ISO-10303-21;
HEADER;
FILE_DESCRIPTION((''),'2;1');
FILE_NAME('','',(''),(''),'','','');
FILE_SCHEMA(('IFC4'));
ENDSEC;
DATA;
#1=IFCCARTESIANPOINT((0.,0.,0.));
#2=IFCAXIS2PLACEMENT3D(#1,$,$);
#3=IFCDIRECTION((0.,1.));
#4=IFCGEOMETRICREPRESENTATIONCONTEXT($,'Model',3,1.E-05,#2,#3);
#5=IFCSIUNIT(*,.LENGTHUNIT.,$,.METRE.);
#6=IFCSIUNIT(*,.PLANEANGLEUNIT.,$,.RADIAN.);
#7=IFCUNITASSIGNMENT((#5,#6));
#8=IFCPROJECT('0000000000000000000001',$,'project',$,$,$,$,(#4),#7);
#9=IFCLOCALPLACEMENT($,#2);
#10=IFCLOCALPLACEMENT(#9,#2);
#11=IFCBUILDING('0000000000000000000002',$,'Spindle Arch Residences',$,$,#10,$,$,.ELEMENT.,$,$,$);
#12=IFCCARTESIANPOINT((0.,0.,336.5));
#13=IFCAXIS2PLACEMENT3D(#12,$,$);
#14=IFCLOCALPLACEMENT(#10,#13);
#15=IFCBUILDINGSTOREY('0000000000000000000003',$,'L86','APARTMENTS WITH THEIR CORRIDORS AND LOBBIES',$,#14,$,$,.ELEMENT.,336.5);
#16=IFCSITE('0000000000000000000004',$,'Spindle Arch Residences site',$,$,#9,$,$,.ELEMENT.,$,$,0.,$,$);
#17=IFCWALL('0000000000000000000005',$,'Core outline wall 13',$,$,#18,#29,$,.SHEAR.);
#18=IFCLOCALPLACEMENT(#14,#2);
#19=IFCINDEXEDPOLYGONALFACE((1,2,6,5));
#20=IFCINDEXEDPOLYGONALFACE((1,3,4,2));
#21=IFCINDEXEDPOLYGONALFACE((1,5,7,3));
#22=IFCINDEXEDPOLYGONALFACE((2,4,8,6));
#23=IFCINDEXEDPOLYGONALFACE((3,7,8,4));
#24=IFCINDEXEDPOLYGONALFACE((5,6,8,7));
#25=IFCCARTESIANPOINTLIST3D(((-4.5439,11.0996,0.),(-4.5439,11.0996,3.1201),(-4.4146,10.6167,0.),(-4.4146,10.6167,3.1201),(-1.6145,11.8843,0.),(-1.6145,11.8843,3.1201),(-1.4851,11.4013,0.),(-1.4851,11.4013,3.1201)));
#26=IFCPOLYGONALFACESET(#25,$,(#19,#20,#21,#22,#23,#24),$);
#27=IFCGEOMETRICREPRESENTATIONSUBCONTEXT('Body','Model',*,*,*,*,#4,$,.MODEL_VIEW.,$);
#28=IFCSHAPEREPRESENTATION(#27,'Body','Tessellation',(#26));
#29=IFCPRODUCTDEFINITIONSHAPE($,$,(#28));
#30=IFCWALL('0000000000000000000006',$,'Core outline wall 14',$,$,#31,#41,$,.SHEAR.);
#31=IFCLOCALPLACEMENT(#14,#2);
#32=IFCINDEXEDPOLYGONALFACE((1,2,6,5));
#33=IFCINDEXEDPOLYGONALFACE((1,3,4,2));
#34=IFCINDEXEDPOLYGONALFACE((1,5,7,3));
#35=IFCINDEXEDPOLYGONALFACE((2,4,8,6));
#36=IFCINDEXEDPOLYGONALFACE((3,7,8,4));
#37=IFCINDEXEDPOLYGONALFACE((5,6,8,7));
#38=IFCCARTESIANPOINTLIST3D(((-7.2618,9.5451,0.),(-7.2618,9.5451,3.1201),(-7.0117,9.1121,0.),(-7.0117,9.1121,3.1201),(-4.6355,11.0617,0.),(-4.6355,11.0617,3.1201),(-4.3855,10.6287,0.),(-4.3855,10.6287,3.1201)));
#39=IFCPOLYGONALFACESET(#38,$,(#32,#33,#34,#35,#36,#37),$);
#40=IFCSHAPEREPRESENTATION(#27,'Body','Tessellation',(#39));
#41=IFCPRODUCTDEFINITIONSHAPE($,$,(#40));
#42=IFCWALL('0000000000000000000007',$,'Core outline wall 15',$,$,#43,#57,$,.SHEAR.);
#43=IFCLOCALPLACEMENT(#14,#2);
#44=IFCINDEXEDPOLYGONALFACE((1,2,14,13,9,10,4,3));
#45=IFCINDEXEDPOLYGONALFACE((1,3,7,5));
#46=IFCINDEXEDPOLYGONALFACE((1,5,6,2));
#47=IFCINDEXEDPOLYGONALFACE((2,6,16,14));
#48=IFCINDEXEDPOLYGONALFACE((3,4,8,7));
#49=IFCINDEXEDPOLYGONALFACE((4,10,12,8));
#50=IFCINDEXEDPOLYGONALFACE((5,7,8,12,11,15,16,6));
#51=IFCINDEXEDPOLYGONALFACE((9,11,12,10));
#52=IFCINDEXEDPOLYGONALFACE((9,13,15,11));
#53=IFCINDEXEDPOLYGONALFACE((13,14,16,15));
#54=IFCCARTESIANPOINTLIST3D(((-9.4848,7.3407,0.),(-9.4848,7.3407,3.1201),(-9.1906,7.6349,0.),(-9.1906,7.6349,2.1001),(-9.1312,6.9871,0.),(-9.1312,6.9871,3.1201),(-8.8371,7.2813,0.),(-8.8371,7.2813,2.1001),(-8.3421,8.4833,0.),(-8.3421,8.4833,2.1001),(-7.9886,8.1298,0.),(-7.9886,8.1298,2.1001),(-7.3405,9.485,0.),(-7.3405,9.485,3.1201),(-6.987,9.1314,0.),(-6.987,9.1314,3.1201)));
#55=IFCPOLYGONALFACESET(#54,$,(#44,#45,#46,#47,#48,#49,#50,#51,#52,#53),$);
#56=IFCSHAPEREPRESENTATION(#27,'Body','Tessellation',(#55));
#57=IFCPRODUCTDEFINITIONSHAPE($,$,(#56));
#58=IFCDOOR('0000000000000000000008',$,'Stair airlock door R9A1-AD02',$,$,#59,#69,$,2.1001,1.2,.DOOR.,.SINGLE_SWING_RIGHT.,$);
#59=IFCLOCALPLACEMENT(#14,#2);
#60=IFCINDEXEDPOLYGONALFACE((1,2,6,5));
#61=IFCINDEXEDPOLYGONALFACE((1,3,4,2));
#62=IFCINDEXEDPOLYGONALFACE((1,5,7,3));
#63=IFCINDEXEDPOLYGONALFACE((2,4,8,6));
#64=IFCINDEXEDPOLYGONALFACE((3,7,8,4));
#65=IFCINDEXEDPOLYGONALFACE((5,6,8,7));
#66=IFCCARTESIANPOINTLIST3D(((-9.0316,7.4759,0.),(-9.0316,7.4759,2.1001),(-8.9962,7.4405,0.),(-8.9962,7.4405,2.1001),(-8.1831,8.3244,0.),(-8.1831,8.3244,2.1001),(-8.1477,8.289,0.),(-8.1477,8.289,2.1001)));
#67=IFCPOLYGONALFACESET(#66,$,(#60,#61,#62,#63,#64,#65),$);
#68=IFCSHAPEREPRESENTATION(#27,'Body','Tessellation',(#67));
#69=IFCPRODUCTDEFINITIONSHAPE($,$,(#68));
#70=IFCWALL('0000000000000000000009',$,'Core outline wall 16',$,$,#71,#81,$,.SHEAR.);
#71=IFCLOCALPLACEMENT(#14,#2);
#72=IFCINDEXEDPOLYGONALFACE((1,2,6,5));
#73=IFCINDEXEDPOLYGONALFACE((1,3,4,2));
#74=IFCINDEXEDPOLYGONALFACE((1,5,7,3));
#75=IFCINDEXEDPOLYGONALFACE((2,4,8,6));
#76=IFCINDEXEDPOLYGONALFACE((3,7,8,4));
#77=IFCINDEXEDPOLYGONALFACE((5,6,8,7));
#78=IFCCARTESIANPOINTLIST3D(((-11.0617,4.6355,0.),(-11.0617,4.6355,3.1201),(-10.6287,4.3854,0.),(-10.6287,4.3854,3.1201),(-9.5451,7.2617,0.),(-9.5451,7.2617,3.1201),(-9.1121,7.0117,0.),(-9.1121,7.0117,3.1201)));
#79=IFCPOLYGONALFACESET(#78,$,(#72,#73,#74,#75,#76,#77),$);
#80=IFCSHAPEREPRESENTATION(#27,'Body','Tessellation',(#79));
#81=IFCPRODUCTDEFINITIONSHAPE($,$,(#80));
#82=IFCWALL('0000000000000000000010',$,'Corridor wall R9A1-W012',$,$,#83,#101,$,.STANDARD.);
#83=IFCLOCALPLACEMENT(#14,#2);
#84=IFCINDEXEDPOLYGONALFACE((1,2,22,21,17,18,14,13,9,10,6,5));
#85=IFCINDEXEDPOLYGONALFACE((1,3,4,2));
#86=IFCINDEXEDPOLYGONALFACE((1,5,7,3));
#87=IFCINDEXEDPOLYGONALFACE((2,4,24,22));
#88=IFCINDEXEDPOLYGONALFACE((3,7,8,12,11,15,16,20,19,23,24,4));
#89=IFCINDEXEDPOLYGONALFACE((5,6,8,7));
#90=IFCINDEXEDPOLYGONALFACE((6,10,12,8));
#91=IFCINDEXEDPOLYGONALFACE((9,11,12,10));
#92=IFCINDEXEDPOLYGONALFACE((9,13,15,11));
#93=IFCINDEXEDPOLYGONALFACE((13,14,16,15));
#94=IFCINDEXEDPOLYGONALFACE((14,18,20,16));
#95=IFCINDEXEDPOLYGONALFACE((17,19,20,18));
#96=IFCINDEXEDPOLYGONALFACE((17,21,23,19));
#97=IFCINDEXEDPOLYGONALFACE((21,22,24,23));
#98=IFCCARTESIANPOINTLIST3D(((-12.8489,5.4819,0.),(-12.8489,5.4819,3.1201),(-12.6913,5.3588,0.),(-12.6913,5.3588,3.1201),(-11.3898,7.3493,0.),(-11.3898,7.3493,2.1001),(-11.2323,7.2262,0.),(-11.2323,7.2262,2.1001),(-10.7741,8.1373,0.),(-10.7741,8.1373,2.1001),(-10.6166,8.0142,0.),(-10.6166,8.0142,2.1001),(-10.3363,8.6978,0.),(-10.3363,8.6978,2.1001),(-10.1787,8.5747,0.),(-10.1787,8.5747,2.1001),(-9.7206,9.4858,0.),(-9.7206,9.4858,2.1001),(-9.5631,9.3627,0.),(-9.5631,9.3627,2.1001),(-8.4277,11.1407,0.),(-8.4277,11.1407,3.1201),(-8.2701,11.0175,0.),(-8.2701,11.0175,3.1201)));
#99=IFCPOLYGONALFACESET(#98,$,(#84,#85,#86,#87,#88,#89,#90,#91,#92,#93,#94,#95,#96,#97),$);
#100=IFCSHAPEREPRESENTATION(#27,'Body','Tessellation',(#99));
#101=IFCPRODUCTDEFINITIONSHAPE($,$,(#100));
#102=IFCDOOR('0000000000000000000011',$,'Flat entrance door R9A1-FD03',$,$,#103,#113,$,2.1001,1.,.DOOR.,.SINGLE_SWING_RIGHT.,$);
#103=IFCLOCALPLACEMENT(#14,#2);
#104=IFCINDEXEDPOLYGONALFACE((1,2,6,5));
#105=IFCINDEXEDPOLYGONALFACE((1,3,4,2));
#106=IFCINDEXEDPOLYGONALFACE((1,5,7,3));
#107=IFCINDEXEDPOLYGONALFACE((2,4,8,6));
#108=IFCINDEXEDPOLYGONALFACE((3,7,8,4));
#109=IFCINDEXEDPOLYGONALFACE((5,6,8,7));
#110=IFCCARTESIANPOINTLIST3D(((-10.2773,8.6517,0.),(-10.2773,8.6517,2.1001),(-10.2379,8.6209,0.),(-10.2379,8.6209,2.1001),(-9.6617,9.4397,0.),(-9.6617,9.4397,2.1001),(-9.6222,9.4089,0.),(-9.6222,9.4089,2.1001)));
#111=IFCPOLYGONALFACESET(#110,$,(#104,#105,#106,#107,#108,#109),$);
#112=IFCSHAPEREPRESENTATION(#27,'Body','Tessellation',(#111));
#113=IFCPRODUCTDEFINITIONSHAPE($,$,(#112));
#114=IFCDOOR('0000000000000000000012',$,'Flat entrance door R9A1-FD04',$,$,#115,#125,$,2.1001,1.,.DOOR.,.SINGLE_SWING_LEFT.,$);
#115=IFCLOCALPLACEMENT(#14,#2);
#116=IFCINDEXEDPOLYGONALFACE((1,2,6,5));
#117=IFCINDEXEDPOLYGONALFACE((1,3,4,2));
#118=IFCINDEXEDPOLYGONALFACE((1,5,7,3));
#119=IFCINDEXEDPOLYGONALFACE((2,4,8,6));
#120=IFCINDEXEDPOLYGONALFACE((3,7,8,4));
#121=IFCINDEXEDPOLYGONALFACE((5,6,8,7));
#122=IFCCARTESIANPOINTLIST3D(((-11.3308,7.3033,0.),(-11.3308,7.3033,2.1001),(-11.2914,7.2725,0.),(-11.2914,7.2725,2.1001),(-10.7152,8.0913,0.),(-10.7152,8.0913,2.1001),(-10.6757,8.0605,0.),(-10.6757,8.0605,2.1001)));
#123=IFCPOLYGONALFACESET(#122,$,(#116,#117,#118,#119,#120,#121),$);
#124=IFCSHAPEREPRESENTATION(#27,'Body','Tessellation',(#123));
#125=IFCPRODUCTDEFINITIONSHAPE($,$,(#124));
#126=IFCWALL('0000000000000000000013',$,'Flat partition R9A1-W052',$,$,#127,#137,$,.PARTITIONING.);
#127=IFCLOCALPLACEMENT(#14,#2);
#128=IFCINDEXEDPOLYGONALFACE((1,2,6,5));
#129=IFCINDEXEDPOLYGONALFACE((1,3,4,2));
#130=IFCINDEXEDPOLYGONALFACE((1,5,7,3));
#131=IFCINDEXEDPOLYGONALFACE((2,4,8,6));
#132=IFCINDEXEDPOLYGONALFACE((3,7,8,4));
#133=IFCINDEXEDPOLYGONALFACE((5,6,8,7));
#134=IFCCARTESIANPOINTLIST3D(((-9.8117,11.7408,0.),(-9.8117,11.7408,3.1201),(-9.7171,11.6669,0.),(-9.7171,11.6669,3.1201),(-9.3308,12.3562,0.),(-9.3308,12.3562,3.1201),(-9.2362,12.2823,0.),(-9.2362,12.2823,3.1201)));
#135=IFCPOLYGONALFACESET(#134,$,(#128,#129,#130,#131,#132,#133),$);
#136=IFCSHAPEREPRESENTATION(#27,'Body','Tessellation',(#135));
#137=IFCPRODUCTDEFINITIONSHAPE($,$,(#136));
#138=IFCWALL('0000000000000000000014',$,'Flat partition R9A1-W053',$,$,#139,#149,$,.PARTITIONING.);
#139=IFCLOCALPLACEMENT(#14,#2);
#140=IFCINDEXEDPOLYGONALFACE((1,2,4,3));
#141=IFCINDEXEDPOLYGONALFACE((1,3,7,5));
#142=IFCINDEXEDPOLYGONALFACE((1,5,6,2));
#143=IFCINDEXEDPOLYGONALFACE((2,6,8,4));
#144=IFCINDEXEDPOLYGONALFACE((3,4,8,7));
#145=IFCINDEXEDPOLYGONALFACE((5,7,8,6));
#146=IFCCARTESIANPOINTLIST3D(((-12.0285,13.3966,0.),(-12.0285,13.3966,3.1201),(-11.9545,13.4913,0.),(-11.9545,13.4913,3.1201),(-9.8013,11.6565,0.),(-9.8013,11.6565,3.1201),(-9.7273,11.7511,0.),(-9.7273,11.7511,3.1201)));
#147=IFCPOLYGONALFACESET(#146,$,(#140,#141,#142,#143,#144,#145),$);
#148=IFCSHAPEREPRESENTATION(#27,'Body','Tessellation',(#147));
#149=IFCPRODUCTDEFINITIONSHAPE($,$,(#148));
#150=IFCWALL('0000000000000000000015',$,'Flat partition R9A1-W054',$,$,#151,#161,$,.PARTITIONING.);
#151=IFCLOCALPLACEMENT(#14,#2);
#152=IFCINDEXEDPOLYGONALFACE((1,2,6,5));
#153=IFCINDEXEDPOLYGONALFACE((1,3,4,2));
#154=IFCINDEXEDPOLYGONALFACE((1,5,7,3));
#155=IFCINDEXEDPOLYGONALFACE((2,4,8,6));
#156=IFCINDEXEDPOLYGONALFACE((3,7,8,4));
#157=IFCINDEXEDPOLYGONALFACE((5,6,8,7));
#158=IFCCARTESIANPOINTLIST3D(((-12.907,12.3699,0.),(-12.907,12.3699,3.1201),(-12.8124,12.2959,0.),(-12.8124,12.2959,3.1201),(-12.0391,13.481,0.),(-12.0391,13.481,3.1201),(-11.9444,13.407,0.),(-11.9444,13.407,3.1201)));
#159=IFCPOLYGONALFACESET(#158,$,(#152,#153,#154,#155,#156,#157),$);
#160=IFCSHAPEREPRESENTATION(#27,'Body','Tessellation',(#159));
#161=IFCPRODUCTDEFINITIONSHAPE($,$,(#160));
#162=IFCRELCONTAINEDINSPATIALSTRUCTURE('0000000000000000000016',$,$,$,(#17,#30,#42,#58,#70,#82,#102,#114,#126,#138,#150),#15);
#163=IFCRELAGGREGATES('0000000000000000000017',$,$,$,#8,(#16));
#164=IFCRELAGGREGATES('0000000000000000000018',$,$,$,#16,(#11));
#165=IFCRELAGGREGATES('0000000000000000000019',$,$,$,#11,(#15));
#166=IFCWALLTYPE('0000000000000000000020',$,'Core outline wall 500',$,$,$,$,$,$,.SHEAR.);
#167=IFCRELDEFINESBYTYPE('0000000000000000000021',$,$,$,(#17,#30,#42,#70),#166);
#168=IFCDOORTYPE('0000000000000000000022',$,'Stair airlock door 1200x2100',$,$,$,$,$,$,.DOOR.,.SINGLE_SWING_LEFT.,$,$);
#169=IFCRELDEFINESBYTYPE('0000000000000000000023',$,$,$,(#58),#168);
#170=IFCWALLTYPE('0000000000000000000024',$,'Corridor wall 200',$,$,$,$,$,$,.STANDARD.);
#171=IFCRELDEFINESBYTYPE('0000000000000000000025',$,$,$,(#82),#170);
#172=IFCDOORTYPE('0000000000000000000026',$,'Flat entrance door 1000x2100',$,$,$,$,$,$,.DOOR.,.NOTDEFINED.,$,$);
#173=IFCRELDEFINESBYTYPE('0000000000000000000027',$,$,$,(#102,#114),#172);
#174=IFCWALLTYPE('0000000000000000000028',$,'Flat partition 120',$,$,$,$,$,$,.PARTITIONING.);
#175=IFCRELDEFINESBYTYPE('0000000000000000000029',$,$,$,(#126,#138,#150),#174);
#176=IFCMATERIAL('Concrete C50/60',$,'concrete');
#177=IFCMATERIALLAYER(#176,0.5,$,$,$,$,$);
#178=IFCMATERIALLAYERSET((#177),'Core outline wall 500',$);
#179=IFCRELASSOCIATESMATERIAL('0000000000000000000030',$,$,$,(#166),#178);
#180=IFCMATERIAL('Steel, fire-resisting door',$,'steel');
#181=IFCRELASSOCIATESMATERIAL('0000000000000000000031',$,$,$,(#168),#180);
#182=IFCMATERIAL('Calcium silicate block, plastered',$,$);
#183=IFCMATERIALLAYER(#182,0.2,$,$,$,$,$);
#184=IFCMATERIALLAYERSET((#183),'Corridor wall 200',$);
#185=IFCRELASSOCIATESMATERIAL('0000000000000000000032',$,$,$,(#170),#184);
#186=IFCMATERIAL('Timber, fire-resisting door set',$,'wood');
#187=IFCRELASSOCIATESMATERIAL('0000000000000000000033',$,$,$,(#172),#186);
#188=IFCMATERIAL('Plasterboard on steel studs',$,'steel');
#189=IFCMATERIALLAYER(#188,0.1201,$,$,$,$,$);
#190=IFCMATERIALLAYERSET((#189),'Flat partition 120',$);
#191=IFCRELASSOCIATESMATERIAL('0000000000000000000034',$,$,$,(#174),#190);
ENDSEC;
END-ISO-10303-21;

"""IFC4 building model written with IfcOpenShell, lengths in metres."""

from ifc_helpers import new_model, si_unit, direction, frame, frame_2d, origin, place, context, subcontext, project, spatial, rectangle, extrude, material, layer, layer_set, type_object, element, fill, save


model = new_model("IFC4")

# Units and contexts
model_context = context("Model", 3, precision=1e-05, world=origin(), true_north=direction((0.0, 1.0)))
body_context = subcontext(model_context, "Body", "Model", "MODEL_VIEW")
ifc_project = project(units=[si_unit("LENGTHUNIT", "METRE"), si_unit("PLANEANGLEUNIT", "RADIAN")], contexts=[model_context])

# Site, building, storey
site_placement = place(None, origin())
site = spatial("IfcSite", under=ifc_project, at=site_placement, Name="Spindle Arch Residences site", CompositionType="ELEMENT", RefElevation=0.0)
building_placement = place(site_placement, origin())
building = spatial("IfcBuilding", under=site, at=building_placement, Name="Spindle Arch Residences", CompositionType="ELEMENT")
storey_placement = place(building_placement, frame((0.0, 0.0, 336.5)))
storey = spatial("IfcBuildingStorey", under=building, at=storey_placement, Name="L86", Description="APARTMENTS WITH THEIR CORRIDORS AND LOBBIES", CompositionType="ELEMENT", Elevation=336.5)

# Walls
ifc_material_1 = material(Name="Concrete C50/60", Category="concrete")
ifc_layer_1 = layer(ifc_material_1, 0.5)
ifc_layer_set_1 = layer_set([ifc_layer_1], Name="Core outline wall 500")
wall_type_1 = type_object("IfcWallType", Name="Core outline wall 500", PredefinedType="SHEAR", material=ifc_layer_set_1)
for number, where, z_axis, x_axis, name in (
    (1, (-1.5498, 11.6428, 0.0), (0.0, 0.0, 1.0), (-0.965948, -0.258735, 0.0), "Core outline wall 13"),
    (2, (-4.5105, 10.8452, 0.0), (0.0, 0.0, 1.0), (-0.865975, -0.500087, 0.0), "Core outline wall 14"),
):
    element("IfcWall", number, at=place(storey_placement, frame(where, z_axis=z_axis, x_axis=x_axis)), inside=storey, type_object=wall_type_1, Name=name, PredefinedType="SHEAR", context=body_context, shape_type="SweptSolid", body=[
        extrude(rectangle(XDim=3.0327, YDim=0.5, at=frame_2d((1.5164, 0.0))), origin(), (0.0, 0.0, 1.0), 3.1201),
    ])

# Wall, opening, door
wall_1_placement = place(storey_placement, frame((-7.1638, 9.3081, 0.0), z_axis=(0.0, 0.0, 1.0), x_axis=(-0.707107, -0.707107, 0.0)))
wall_1 = element("IfcWall", 3, at=wall_1_placement, inside=storey, type_object=wall_type_1, Name="Core outline wall 15", PredefinedType="SHEAR", context=body_context, shape_type="SweptSolid", body=[
    extrude(rectangle(XDim=3.0325, YDim=0.5, at=frame_2d((1.5161, 0.0))), origin(), (0.0, 0.0, 1.0), 3.1201),
])
opening_1_placement = place(wall_1_placement, frame((1.4163, 0.0, 0.0)))
opening_1 = element("IfcOpeningElement", 4, at=opening_1_placement, cuts=wall_1, PredefinedType="OPENING", context=body_context, shape_type="SweptSolid", body=[
    extrude(rectangle(XDim=1.2, YDim=2.1001, at=frame_2d((0.6001, 1.05))), frame((0.0, 0.26, 0.0), z_axis=(0.0, -1.0, 0.0), x_axis=(1.0, 0.0, 0.0)), (0.0, 0.0, 1.0), 0.52),
])
ifc_material_2 = material(Name="Steel, fire-resisting door", Category="steel")
door_type_1 = type_object("IfcDoorType", Name="Stair airlock door 1200x2100", OperationType="SINGLE_SWING_LEFT", PredefinedType="DOOR", material=ifc_material_2)
door_1_placement = place(opening_1_placement, origin())
door_1 = element("IfcDoor", 5, at=door_1_placement, inside=storey, type_object=door_type_1, Name="Stair airlock door R9A1-AD02", OperationType="SINGLE_SWING_RIGHT", OverallHeight=2.1001, OverallWidth=1.2, PredefinedType="DOOR", context=body_context, shape_type="SweptSolid", body=[
    extrude(rectangle(XDim=1.2, YDim=2.1001, at=frame_2d((0.6001, 1.05))), frame((0.0, 0.0249, 0.0), z_axis=(0.0, -1.0, 0.0), x_axis=(1.0, 0.0, 0.0)), (0.0, 0.0, 1.0), 0.05),
])
fill(opening_1, door_1)

# Wall
wall_2_placement = place(storey_placement, frame((-9.3286, 7.1367, 0.0), z_axis=(0.0, 0.0, 1.0), x_axis=(-0.500087, -0.865975, 0.0)))
element("IfcWall", 6, at=wall_2_placement, inside=storey, type_object=wall_type_1, Name="Core outline wall 16", PredefinedType="SHEAR", context=body_context, shape_type="SweptSolid", body=[
    extrude(rectangle(XDim=3.0327, YDim=0.5, at=frame_2d((1.5164, 0.0))), origin(), (0.0, 0.0, 1.0), 3.1201),
])

# Wall, openings, doors
ifc_material_3 = material(Name="Calcium silicate block, plastered")
ifc_layer_2 = layer(ifc_material_3, 0.2)
ifc_layer_set_2 = layer_set([ifc_layer_2], Name="Corridor wall 200")
wall_type_2 = type_object("IfcWallType", Name="Corridor wall 200", PredefinedType="STANDARD", material=ifc_layer_set_2)
wall_3_placement = place(storey_placement, frame((-8.3489, 11.0791, 0.0), z_axis=(0.0, 0.0, 1.0), x_axis=(-0.615669, -0.788005, 0.0)))
wall_3 = element("IfcWall", 7, at=wall_3_placement, inside=storey, type_object=wall_type_2, Name="Corridor wall R9A1-W012", PredefinedType="STANDARD", context=body_context, shape_type="SweptSolid", body=[
    extrude(rectangle(XDim=7.1812, YDim=0.2, at=frame_2d((3.5906, 0.0))), origin(), (0.0, 0.0, 1.0), 3.1201),
])
opening_2_placement = place(wall_3_placement, frame((2.1001, 0.0, 0.0)))
opening_2 = element("IfcOpeningElement", 8, at=opening_2_placement, cuts=wall_3, PredefinedType="OPENING", context=body_context, shape_type="SweptSolid", body=[
    extrude(rectangle(XDim=1.0, YDim=2.1001, at=frame_2d((0.5, 1.05))), frame((0.0, 0.1099, 0.0), z_axis=(0.0, -1.0, 0.0), x_axis=(1.0, 0.0, 0.0)), (0.0, 0.0, 1.0), 0.22),
])
opening_3_placement = place(wall_3_placement, frame((3.8113, 0.0, 0.0)))
opening_3 = element("IfcOpeningElement", 9, at=opening_3_placement, cuts=wall_3, PredefinedType="OPENING", context=body_context, shape_type="SweptSolid", body=[
    extrude(rectangle(XDim=1.0, YDim=2.1001, at=frame_2d((0.5, 1.05))), frame((0.0, 0.1099, 0.0), z_axis=(0.0, -1.0, 0.0), x_axis=(1.0, 0.0, 0.0)), (0.0, 0.0, 1.0), 0.22),
])
ifc_material_4 = material(Name="Timber, fire-resisting door set", Category="wood")
door_type_2 = type_object("IfcDoorType", Name="Flat entrance door 1000x2100", OperationType="NOTDEFINED", PredefinedType="DOOR", material=ifc_material_4)
door_2_placement = place(opening_2_placement, origin())
door_2 = element("IfcDoor", 10, at=door_2_placement, inside=storey, type_object=door_type_2, Name="Flat entrance door R9A1-FD03", OperationType="SINGLE_SWING_RIGHT", OverallHeight=2.1001, OverallWidth=1.0, PredefinedType="DOOR", context=body_context, shape_type="SweptSolid", body=[
    extrude(rectangle(XDim=1.0, YDim=2.1001, at=frame_2d((0.5, 1.05))), frame((0.0, 0.0249, 0.0), z_axis=(0.0, -1.0, 0.0), x_axis=(1.0, 0.0, 0.0)), (0.0, 0.0, 1.0), 0.05),
])
fill(opening_2, door_2)
door_3_placement = place(opening_3_placement, origin())
door_3 = element("IfcDoor", 11, at=door_3_placement, inside=storey, type_object=door_type_2, Name="Flat entrance door R9A1-FD04", OperationType="SINGLE_SWING_LEFT", OverallHeight=2.1001, OverallWidth=1.0, PredefinedType="DOOR", context=body_context, shape_type="SweptSolid", body=[
    extrude(rectangle(XDim=1.0, YDim=2.1001, at=frame_2d((0.5, 1.05))), frame((0.0, 0.0249, 0.0), z_axis=(0.0, -1.0, 0.0), x_axis=(1.0, 0.0, 0.0)), (0.0, 0.0, 1.0), 0.05),
])
fill(opening_3, door_3)

# Walls
ifc_material_5 = material(Name="Plasterboard on steel studs", Category="steel")
ifc_layer_3 = layer(ifc_material_5, 0.1201)
ifc_layer_set_3 = layer_set([ifc_layer_3], Name="Flat partition 120")
wall_type_3 = type_object("IfcWallType", Name="Flat partition 120", PredefinedType="PARTITIONING", material=ifc_layer_set_3)
wall_4_placement = place(storey_placement, frame((-9.2834, 12.3193, 0.0), z_axis=(0.0, 0.0, 1.0), x_axis=(-0.615735, -0.787953, 0.0)))
element("IfcWall", 12, at=wall_4_placement, inside=storey, type_object=wall_type_3, Name="Flat partition R9A1-W052", PredefinedType="PARTITIONING", context=body_context, shape_type="SweptSolid", body=[
    extrude(rectangle(XDim=0.781, YDim=0.1201, at=frame_2d((0.3906, 0.0))), origin(), (0.0, 0.0, 1.0), 3.1201),
])
wall_5_placement = place(storey_placement, frame((-9.7644, 11.7039, 0.0), z_axis=(0.0, 0.0, 1.0), x_axis=(-0.787997, 0.615679, 0.0)))
element("IfcWall", 13, at=wall_5_placement, inside=storey, type_object=wall_type_3, Name="Flat partition R9A1-W053", PredefinedType="PARTITIONING", context=body_context, shape_type="SweptSolid", body=[
    extrude(rectangle(XDim=2.8264, YDim=0.1201, at=frame_2d((1.4131, 0.0))), origin(), (0.0, 0.0, 1.0), 3.1201),
])
wall_6_placement = place(storey_placement, frame((-11.9917, 13.4441, 0.0), z_axis=(0.0, 0.0, 1.0), x_axis=(-0.615594, -0.788064, 0.0)))
element("IfcWall", 14, at=wall_6_placement, inside=storey, type_object=wall_type_3, Name="Flat partition R9A1-W054", PredefinedType="PARTITIONING", context=body_context, shape_type="SweptSolid", body=[
    extrude(rectangle(XDim=1.4099, YDim=0.1201, at=frame_2d((0.7051, 0.0))), origin(), (0.0, 0.0, 1.0), 3.1201),
])

save(model, "model.ifc")
